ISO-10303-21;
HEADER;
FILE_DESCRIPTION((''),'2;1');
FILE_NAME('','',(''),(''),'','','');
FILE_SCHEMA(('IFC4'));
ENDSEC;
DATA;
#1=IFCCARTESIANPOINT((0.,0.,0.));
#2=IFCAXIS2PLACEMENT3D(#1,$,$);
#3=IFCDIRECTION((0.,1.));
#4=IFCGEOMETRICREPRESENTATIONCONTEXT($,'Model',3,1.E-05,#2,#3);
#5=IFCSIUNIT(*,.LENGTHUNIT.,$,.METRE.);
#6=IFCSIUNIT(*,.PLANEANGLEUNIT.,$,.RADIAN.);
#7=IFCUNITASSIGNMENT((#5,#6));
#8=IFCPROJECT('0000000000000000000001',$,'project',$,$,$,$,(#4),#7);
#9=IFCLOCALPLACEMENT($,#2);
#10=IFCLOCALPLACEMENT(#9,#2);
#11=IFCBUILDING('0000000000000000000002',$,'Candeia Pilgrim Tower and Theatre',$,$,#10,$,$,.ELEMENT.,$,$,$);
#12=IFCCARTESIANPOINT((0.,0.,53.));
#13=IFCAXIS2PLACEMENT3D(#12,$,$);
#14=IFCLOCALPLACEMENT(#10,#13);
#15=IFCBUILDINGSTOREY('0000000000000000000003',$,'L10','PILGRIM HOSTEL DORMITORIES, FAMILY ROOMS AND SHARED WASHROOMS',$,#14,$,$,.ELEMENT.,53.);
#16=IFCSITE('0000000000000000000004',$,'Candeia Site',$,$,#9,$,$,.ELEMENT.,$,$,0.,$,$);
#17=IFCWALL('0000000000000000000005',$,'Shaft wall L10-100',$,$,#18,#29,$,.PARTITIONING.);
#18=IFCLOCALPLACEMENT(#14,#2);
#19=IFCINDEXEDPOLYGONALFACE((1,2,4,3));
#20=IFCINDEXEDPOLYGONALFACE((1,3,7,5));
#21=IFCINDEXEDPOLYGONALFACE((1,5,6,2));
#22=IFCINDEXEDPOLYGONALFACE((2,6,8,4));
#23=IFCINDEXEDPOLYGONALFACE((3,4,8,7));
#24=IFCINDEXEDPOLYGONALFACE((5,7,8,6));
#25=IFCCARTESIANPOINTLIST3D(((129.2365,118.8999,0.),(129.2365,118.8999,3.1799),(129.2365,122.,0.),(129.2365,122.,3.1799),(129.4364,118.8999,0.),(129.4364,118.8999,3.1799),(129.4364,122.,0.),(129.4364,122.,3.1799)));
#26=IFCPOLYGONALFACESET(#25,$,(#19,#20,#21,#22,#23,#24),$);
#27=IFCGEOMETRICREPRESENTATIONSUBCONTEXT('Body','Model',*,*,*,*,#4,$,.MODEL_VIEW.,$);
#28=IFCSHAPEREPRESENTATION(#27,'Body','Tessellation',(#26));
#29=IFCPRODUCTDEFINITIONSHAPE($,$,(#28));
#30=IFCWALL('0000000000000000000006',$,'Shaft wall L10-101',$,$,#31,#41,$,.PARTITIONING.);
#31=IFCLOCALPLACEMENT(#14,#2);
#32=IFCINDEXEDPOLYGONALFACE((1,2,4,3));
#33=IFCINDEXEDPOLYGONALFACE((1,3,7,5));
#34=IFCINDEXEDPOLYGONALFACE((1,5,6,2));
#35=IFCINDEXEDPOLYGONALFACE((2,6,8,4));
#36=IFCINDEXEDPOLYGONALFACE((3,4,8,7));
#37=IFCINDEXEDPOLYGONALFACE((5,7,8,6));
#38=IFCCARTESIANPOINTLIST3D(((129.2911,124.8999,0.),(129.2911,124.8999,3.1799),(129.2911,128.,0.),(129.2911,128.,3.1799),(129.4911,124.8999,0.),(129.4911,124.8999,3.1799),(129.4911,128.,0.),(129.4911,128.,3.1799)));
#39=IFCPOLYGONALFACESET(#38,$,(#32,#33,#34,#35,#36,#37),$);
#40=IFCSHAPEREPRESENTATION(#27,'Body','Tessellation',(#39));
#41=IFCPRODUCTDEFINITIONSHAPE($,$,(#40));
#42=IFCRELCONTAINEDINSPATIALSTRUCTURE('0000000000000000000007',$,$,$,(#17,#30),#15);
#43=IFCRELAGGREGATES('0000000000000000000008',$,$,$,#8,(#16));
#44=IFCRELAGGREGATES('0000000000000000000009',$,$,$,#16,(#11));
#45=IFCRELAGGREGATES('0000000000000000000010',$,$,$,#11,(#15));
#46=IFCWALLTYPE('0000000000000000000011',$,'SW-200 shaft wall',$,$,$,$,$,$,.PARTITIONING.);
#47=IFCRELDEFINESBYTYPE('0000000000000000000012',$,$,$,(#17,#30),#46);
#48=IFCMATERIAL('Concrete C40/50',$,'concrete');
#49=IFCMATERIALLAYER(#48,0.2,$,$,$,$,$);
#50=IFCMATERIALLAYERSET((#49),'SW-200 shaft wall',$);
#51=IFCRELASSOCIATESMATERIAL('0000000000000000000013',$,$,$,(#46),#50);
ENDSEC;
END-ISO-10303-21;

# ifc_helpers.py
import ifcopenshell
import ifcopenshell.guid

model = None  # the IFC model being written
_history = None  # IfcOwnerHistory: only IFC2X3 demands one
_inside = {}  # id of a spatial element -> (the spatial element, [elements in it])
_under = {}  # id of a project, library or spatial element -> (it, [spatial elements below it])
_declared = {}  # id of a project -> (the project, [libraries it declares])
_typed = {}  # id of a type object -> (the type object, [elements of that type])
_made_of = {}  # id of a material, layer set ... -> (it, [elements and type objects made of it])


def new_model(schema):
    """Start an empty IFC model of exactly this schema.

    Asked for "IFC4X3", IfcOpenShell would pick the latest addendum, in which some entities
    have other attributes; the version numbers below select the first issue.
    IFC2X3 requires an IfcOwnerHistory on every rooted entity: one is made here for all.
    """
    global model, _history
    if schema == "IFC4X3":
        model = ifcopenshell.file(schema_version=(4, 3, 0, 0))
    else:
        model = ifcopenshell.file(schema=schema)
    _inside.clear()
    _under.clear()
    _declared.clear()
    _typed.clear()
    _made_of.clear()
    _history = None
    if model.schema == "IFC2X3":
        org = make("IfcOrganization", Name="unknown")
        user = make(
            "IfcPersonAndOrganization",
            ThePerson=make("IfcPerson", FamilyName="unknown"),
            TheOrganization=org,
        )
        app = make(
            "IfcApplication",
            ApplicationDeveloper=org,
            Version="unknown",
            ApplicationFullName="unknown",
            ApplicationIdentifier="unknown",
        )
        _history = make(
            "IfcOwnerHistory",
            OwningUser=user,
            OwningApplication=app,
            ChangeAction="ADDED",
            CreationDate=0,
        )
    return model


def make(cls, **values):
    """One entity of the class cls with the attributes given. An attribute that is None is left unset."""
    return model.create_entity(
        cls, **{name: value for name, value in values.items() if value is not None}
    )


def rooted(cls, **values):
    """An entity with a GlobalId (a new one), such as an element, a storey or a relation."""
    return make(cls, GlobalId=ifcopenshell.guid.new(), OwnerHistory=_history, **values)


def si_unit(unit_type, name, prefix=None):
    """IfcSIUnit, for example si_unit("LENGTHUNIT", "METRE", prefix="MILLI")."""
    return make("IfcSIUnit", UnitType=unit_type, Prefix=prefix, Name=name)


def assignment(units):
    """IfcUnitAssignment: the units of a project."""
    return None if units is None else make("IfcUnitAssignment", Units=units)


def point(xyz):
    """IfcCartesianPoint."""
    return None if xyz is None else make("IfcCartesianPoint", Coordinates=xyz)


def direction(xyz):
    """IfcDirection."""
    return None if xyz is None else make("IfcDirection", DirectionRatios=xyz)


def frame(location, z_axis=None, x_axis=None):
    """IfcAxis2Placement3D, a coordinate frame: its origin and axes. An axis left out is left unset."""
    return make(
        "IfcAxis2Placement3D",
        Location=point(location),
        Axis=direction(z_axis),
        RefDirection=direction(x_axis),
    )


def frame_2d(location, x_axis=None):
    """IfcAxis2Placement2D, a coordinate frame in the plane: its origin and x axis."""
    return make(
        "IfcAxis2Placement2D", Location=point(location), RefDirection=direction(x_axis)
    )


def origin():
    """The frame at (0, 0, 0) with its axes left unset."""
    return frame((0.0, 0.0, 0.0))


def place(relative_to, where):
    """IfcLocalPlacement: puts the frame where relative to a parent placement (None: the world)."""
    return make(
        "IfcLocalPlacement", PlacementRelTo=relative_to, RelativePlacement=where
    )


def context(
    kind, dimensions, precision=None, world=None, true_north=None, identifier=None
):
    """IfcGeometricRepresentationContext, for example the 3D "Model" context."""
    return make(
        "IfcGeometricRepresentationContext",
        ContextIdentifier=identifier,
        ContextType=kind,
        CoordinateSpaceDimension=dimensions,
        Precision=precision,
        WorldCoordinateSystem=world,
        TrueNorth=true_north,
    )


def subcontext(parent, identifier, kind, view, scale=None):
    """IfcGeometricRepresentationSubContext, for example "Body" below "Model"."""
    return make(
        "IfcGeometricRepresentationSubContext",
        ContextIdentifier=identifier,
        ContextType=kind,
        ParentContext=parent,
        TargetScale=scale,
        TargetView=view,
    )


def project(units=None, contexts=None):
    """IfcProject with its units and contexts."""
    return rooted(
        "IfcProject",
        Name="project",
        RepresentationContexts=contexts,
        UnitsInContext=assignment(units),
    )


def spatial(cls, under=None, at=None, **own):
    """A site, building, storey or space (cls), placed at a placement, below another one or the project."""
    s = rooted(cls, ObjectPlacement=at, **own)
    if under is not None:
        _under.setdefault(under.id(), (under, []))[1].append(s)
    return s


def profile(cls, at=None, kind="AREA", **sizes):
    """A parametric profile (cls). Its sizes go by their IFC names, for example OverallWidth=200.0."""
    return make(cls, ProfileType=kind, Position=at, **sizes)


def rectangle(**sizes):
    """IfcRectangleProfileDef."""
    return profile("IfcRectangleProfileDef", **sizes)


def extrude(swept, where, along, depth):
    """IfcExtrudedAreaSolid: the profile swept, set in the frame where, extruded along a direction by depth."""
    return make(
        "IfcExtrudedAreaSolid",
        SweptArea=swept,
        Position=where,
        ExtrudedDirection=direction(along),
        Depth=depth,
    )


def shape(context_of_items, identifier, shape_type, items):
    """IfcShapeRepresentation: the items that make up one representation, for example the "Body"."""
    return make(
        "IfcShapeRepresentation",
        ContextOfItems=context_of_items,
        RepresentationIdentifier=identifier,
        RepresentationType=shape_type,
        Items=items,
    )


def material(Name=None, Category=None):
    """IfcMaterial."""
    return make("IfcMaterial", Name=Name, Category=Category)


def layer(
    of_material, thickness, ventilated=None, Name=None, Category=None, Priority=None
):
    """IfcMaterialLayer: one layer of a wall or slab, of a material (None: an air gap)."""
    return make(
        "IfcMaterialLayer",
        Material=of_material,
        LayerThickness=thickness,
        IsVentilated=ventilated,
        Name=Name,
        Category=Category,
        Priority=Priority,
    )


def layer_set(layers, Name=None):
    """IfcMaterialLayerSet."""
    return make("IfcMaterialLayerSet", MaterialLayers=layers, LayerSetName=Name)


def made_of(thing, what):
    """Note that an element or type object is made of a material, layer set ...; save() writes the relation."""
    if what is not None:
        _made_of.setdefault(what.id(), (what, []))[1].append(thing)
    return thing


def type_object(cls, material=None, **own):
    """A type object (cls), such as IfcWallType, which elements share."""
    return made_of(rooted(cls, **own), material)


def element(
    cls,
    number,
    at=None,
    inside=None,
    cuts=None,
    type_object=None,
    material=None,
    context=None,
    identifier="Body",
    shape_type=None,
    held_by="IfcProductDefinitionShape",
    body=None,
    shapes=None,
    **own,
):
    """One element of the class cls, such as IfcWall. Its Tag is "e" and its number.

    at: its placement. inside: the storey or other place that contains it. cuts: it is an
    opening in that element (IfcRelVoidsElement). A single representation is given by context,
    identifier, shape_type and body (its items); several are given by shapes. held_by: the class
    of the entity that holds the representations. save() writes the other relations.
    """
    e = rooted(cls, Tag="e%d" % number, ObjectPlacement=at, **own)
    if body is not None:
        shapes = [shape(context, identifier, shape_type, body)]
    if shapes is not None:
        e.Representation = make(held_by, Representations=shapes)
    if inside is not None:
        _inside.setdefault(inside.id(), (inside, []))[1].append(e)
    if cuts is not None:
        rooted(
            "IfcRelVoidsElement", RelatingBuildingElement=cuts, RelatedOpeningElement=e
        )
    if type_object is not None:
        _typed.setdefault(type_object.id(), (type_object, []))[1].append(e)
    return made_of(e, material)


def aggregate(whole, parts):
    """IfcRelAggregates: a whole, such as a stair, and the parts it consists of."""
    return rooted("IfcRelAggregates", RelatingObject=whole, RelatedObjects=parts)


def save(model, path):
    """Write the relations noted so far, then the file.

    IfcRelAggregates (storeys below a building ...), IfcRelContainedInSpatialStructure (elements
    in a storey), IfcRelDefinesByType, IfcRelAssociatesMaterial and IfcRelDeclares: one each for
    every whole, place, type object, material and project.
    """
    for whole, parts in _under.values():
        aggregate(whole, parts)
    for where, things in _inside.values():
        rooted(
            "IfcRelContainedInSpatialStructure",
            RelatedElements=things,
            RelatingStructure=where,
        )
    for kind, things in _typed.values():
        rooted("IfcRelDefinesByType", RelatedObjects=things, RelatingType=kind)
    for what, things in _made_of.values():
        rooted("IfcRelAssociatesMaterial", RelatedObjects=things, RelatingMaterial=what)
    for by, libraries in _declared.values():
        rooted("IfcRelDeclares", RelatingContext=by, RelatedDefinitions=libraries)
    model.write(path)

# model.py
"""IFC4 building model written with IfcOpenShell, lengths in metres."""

from ifc_helpers import new_model, si_unit, direction, frame, frame_2d, origin, place, context, subcontext, project, spatial, rectangle, extrude, material, layer, layer_set, type_object, element, save


model = new_model("IFC4")

# Units and contexts
model_context = context("Model", 3, precision=1e-05, world=origin(), true_north=direction((0.0, 1.0)))
body_context = subcontext(model_context, "Body", "Model", "MODEL_VIEW")
ifc_project = project(units=[si_unit("LENGTHUNIT", "METRE"), si_unit("PLANEANGLEUNIT", "RADIAN")], contexts=[model_context])

# Site, building, storey
site_placement = place(None, origin())
site = spatial("IfcSite", under=ifc_project, at=site_placement, Name="Candeia Site", CompositionType="ELEMENT", RefElevation=0.0)
building_placement = place(site_placement, origin())
building = spatial("IfcBuilding", under=site, at=building_placement, Name="Candeia Pilgrim Tower and Theatre", CompositionType="ELEMENT")
storey_placement = place(building_placement, frame((0.0, 0.0, 53.0)))
storey = spatial("IfcBuildingStorey", under=building, at=storey_placement, Name="L10", Description="PILGRIM HOSTEL DORMITORIES, FAMILY ROOMS AND SHARED WASHROOMS", CompositionType="ELEMENT", Elevation=53.0)

# Shared definitions
ifc_material_1 = material(Name="Concrete C40/50", Category="concrete")
ifc_layer_1 = layer(ifc_material_1, 0.2)
ifc_layer_set_1 = layer_set([ifc_layer_1], Name="SW-200 shaft wall")
wall_type_1 = type_object("IfcWallType", Name="SW-200 shaft wall", PredefinedType="PARTITIONING", material=ifc_layer_set_1)

# Walls
for number, where, z_axis, x_axis, name in (
    (1, (129.3364, 118.8999, 0.0), (0.0, 0.0, 1.0), (0.0, 1.0, 0.0), "Shaft wall L10-100"),
    (2, (129.3911, 124.8999, 0.0), (0.0, 0.0, 1.0), (0.0, 1.0, 0.0), "Shaft wall L10-101"),
):
    element("IfcWall", number, at=place(storey_placement, frame(where, z_axis=z_axis, x_axis=x_axis)), inside=storey, type_object=wall_type_1, Name=name, PredefinedType="PARTITIONING", context=body_context, shape_type="SweptSolid", body=[
        extrude(rectangle(XDim=3.1001, YDim=0.2, at=frame_2d((1.55, 0.0))), origin(), (0.0, 0.0, 1.0), 3.1799),
    ])

save(model, "model.ifc")
